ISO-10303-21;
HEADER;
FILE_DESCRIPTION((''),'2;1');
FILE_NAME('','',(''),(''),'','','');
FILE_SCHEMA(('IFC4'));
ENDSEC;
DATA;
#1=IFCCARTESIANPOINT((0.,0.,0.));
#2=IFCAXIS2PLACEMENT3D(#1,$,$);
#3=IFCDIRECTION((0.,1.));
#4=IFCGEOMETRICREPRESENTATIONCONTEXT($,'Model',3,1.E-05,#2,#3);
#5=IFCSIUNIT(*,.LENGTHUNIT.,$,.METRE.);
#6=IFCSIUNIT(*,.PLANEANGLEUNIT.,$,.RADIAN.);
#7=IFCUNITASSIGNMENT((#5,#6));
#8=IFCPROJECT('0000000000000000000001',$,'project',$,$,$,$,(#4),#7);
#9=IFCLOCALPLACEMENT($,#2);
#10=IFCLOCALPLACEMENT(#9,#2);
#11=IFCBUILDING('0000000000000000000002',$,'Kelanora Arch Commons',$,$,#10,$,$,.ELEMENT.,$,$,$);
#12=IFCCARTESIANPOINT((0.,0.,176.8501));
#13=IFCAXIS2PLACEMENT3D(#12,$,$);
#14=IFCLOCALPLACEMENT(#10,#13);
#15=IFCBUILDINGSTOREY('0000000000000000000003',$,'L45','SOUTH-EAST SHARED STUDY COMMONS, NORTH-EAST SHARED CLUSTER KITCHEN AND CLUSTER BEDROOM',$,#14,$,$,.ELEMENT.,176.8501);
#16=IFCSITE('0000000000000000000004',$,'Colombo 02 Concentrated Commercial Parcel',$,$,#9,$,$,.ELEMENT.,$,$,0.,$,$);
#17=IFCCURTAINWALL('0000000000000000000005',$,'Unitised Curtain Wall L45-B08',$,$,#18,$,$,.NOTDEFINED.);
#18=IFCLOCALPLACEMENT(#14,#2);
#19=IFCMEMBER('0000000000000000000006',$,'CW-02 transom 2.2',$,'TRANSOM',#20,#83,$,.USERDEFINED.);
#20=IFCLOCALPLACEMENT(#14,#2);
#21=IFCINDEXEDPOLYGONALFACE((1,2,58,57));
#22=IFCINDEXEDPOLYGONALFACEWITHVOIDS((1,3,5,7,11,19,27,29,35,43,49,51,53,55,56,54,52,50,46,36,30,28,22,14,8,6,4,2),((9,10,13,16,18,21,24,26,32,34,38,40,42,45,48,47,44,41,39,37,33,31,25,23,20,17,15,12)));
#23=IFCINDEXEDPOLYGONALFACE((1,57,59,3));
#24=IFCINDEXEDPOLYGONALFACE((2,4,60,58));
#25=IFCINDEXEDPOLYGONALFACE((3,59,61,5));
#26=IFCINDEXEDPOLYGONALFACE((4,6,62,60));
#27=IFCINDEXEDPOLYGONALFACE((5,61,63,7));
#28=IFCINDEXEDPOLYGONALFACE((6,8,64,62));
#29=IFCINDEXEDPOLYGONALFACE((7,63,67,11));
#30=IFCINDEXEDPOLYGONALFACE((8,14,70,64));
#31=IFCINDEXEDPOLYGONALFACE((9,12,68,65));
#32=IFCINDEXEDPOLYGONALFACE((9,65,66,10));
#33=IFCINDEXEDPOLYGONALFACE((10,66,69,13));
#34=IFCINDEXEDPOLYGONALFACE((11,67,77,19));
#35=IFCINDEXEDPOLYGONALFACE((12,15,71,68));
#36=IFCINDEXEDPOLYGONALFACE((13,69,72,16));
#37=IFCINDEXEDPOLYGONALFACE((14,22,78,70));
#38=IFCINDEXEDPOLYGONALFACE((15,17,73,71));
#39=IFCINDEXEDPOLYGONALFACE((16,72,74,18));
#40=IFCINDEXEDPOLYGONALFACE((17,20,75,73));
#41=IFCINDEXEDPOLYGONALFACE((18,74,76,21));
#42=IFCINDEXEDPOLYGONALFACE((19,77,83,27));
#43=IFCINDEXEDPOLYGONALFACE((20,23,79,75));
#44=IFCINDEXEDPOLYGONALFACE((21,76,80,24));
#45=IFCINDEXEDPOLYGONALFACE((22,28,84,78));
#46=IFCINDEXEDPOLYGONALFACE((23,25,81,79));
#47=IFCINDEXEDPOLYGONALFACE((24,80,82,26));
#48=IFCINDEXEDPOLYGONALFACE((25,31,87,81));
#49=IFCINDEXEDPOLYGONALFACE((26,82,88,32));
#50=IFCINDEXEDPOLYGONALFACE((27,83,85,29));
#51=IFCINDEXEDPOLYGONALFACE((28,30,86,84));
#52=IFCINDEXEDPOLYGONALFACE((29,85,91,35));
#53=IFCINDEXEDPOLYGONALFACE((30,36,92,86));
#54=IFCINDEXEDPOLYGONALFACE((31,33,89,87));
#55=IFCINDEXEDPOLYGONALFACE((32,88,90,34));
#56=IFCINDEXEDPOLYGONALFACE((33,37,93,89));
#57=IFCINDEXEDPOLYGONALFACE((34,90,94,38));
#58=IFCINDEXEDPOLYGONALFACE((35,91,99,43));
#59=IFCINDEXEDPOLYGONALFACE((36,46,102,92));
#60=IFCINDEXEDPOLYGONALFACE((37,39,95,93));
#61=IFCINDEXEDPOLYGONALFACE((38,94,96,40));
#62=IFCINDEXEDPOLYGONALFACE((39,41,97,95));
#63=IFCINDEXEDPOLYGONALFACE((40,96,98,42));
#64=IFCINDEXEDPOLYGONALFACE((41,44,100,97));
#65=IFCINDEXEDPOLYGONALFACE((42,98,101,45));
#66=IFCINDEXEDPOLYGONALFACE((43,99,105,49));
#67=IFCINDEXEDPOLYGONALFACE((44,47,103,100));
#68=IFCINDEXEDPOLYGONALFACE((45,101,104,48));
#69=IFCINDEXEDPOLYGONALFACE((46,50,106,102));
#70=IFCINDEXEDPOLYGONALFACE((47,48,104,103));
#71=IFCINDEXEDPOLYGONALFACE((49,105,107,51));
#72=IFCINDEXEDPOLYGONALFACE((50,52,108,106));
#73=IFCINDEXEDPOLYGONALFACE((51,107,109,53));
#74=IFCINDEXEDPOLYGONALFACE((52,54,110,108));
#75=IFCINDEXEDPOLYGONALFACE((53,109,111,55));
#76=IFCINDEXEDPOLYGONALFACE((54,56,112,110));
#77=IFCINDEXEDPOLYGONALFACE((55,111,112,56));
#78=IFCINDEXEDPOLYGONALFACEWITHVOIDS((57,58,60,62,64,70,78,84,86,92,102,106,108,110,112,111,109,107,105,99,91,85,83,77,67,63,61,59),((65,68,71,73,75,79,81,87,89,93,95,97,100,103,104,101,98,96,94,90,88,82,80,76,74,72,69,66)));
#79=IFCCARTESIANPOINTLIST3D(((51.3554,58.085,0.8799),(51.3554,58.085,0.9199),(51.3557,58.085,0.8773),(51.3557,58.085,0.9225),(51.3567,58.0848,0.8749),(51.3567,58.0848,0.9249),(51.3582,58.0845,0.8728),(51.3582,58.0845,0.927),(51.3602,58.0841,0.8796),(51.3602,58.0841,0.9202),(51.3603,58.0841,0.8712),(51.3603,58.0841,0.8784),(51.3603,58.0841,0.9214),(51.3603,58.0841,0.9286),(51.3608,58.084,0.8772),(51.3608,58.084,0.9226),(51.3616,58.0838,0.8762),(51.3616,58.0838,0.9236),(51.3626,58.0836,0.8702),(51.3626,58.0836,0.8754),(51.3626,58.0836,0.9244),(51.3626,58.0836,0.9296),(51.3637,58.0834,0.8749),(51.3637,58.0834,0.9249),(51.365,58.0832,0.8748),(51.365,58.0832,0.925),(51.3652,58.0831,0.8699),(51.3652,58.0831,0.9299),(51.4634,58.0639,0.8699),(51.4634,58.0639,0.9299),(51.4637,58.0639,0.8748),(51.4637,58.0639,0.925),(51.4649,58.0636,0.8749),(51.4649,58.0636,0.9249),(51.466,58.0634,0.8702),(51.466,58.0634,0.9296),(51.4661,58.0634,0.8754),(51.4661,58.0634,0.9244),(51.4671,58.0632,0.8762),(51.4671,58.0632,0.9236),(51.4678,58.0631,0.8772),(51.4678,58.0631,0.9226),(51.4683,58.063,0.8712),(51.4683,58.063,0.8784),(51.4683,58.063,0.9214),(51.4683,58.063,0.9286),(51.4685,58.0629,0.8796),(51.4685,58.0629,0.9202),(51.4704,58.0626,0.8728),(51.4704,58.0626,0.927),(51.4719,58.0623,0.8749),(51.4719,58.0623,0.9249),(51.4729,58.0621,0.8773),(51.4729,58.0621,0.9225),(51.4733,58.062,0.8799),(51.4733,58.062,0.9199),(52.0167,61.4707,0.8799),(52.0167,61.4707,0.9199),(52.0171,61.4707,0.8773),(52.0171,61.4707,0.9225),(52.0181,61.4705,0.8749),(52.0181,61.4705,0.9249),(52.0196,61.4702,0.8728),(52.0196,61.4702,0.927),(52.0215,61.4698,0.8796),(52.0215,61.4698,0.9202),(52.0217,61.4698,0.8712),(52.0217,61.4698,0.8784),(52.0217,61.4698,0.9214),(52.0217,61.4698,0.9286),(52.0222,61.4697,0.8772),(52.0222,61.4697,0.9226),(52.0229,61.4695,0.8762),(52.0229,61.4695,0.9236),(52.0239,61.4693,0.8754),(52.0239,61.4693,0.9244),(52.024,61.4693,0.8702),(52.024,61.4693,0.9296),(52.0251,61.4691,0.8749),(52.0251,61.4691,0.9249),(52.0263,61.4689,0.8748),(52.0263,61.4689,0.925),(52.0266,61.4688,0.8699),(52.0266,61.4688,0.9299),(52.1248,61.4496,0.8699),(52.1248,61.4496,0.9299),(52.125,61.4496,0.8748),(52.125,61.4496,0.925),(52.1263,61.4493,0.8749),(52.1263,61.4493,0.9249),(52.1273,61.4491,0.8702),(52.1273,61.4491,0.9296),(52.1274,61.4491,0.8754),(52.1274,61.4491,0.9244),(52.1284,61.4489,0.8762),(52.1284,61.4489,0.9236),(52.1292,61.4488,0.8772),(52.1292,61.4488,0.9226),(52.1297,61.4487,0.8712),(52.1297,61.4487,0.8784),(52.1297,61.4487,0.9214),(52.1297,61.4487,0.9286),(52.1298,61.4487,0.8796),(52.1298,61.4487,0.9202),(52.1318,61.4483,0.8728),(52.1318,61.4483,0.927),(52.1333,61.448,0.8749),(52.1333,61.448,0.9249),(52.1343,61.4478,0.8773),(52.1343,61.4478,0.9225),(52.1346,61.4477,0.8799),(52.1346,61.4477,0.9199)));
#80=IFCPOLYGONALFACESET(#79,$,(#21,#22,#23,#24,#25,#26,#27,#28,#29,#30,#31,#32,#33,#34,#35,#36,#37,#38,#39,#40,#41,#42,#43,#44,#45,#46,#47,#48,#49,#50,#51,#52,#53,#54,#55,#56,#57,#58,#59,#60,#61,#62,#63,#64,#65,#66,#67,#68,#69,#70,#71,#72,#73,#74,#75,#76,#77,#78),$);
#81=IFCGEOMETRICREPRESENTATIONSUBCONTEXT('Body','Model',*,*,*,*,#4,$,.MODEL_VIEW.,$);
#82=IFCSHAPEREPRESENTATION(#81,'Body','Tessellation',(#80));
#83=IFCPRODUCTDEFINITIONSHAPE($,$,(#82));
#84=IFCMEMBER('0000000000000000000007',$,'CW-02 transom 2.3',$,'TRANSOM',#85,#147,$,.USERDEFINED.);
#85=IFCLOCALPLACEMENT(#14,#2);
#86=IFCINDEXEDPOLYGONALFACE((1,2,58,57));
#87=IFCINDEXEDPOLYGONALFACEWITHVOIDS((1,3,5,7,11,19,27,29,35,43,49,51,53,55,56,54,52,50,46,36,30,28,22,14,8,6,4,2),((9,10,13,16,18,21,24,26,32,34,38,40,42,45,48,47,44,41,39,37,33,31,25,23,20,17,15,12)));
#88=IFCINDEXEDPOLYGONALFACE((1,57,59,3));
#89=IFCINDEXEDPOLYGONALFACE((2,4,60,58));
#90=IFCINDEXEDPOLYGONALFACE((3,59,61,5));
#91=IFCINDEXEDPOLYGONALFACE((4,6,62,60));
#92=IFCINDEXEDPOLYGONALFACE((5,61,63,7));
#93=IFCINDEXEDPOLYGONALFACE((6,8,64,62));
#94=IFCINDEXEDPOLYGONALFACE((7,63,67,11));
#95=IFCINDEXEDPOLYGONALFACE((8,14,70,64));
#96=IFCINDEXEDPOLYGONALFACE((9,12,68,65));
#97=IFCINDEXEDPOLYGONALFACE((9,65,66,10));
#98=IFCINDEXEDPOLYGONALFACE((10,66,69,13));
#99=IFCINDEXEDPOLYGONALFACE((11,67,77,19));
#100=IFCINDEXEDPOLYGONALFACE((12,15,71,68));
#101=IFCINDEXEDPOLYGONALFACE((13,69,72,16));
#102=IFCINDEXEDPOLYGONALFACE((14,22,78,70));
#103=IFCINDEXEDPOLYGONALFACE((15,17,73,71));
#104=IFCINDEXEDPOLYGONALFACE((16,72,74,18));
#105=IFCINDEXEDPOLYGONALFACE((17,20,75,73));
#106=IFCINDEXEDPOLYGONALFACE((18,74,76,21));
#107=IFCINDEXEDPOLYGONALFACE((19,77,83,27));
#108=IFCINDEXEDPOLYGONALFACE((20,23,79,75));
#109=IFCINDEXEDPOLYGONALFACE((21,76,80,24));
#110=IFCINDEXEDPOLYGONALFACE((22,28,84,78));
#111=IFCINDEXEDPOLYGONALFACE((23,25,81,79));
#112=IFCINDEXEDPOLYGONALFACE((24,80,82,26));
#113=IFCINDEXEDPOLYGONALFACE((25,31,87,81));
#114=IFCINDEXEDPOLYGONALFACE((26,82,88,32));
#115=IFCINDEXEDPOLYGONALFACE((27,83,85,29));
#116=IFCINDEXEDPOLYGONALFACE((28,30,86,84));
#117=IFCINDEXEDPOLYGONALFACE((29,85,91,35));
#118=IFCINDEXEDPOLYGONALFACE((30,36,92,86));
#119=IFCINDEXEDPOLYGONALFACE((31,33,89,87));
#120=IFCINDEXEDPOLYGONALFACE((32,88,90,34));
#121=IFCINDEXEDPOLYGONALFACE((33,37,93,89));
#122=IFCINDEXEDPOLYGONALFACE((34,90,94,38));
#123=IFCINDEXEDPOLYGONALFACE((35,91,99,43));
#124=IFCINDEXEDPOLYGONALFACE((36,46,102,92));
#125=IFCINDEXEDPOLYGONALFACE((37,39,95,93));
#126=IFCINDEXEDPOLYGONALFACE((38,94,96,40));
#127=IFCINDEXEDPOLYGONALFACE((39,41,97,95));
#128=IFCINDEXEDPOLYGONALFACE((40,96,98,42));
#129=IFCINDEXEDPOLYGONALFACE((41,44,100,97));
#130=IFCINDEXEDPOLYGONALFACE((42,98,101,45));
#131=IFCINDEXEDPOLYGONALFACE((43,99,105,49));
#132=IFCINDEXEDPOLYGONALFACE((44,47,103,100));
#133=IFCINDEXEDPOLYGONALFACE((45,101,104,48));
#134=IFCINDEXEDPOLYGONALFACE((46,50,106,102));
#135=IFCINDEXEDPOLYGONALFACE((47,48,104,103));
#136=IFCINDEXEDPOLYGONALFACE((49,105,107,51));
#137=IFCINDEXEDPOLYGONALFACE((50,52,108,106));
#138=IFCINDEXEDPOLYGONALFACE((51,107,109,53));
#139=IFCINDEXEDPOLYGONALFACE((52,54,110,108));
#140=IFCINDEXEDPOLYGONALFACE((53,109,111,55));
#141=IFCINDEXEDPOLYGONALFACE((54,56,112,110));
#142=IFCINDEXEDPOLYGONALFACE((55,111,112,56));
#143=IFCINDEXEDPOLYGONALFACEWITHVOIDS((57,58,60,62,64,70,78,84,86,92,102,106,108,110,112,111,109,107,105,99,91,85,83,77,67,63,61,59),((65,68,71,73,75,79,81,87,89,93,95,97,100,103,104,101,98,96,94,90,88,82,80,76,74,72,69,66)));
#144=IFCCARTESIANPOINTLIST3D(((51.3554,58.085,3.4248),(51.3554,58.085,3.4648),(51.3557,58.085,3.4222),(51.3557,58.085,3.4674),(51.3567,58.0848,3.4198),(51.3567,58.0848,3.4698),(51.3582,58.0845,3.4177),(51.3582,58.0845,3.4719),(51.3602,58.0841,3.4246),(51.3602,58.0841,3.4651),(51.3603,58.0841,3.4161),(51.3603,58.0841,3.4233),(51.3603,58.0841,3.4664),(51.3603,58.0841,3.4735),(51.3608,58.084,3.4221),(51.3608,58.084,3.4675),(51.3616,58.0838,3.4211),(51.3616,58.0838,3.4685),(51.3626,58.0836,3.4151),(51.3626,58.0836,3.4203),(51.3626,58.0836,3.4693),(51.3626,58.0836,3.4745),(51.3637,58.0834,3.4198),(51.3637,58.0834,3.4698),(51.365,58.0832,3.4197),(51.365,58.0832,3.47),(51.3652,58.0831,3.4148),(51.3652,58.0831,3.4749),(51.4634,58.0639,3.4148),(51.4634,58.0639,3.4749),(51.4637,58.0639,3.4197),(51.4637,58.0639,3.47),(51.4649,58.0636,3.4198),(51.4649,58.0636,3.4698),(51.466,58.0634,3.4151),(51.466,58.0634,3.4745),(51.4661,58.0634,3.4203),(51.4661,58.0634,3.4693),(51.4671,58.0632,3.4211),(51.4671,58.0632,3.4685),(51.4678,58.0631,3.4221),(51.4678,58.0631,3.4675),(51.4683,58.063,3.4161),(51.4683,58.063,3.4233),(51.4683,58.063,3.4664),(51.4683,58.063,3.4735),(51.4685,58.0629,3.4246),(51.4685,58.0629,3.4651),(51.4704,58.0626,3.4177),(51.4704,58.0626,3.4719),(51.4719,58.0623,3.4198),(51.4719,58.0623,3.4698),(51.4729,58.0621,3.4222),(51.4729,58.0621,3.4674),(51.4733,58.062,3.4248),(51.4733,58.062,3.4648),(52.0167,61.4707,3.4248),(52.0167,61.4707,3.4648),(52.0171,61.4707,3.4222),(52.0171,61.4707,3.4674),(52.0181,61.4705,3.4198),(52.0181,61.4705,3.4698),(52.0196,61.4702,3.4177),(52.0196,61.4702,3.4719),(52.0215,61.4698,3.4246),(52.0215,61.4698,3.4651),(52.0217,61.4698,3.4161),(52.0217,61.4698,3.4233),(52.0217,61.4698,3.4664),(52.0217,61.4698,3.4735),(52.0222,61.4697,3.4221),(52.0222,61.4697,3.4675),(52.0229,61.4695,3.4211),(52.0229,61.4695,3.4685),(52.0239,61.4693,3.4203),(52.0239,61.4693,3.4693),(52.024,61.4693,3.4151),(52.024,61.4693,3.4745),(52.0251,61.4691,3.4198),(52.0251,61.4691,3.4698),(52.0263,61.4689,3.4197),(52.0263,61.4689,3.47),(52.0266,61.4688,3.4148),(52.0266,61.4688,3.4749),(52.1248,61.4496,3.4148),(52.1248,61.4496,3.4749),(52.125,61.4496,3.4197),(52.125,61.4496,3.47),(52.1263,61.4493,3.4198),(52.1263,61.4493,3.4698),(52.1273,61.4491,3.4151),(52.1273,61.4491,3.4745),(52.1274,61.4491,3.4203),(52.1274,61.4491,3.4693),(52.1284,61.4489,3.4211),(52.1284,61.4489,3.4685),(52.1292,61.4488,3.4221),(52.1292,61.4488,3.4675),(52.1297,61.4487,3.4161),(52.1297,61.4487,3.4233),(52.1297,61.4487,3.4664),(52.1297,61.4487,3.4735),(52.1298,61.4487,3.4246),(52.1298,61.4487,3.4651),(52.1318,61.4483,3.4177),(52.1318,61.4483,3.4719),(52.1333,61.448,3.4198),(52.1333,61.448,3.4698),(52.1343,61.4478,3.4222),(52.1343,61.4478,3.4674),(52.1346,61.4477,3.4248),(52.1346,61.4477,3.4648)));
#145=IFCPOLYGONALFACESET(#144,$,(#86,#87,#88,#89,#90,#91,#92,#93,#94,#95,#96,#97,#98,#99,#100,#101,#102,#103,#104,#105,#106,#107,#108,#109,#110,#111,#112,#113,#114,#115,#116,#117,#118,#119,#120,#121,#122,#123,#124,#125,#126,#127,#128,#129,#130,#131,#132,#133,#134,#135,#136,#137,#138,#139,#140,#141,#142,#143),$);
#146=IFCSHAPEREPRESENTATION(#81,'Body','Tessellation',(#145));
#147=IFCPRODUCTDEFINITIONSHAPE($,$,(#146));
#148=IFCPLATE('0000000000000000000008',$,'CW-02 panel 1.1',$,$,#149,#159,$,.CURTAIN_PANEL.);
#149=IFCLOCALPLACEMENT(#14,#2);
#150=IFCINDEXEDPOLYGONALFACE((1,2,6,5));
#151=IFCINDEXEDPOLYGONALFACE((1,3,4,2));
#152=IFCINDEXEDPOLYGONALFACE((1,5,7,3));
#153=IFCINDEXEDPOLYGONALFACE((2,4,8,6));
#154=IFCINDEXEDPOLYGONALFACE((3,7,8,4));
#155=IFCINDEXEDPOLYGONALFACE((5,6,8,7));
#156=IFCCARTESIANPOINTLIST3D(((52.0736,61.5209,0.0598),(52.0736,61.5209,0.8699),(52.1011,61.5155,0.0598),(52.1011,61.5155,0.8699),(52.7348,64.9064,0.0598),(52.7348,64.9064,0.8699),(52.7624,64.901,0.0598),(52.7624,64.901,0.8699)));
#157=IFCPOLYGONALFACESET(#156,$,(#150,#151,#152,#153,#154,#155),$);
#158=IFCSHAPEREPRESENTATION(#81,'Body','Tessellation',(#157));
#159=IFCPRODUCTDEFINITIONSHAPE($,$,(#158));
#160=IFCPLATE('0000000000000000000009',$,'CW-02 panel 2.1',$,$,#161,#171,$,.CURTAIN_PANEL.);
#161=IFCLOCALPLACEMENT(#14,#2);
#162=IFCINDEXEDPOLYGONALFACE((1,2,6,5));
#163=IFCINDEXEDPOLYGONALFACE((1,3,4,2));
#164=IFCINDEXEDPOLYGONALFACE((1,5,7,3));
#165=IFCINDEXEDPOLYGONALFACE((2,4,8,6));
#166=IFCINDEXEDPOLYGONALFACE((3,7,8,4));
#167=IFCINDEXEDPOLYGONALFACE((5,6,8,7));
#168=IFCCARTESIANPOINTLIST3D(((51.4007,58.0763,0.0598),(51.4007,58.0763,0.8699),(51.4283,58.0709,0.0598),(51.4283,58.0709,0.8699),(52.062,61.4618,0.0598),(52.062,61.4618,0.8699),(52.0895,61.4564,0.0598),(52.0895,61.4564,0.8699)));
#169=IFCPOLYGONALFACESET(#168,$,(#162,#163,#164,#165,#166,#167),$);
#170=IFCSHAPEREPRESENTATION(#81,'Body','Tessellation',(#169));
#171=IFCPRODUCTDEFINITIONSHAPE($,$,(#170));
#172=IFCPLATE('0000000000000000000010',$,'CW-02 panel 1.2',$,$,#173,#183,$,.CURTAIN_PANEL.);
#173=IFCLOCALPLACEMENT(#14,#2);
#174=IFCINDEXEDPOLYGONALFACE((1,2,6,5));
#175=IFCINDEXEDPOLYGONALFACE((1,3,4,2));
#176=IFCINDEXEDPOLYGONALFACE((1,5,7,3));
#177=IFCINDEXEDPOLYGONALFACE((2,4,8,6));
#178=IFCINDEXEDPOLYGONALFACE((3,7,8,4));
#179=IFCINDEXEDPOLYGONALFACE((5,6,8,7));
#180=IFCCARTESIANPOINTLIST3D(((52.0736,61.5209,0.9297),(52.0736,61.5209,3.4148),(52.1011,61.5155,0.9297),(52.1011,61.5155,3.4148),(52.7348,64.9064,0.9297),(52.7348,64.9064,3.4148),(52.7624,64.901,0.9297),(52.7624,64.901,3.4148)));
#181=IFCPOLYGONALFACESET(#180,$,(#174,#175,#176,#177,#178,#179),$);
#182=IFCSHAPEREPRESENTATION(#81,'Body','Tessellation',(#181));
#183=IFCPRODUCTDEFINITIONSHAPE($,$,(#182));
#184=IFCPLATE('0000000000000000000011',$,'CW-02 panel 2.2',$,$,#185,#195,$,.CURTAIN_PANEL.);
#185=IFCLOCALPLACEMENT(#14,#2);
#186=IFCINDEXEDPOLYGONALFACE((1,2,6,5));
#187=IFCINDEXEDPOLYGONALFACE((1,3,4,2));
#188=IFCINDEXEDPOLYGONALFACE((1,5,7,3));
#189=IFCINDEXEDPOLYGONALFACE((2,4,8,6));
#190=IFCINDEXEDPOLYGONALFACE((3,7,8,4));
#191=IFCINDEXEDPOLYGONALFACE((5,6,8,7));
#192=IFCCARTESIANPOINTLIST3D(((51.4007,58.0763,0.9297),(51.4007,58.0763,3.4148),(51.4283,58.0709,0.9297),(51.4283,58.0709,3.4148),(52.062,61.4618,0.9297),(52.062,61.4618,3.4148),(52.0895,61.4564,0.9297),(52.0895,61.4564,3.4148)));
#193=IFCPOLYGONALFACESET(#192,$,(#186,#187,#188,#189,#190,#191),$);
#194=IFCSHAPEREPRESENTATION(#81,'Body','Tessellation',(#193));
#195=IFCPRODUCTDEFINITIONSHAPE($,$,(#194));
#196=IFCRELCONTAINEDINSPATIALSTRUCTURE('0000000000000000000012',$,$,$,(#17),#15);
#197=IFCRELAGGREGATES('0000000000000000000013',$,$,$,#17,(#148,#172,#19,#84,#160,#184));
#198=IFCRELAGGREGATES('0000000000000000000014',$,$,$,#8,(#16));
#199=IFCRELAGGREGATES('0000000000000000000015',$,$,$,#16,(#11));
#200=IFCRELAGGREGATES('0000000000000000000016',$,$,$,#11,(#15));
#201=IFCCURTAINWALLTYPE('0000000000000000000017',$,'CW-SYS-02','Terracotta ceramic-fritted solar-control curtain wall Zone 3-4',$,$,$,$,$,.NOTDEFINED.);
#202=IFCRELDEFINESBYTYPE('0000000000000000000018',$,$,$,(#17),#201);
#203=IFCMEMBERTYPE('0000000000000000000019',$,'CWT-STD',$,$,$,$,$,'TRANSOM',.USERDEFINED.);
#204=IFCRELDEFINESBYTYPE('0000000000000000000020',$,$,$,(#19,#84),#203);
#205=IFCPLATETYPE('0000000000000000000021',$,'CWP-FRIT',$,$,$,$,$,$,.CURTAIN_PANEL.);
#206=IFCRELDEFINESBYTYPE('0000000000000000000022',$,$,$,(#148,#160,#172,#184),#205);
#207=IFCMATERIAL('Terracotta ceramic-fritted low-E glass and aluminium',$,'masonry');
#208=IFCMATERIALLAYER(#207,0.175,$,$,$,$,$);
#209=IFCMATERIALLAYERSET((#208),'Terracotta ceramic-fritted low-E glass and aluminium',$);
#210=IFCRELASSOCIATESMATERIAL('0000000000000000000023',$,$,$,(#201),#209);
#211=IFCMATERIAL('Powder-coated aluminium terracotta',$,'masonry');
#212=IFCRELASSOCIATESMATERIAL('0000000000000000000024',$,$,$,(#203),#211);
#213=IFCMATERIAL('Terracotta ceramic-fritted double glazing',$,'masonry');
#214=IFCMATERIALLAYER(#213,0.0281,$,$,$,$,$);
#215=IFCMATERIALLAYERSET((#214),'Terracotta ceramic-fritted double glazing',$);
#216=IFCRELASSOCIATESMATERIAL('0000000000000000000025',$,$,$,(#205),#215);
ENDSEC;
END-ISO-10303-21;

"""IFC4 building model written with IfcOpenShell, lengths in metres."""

from ifc_helpers import new_model, si_unit, direction, frame, origin, origin_2d, place, context, subcontext, project, spatial, rectangle, hollow_rectangle, extrude, source, transform, mapped, material, layer, layer_set, material_profile, profile_set, type_object, element, aggregate, save


model = new_model("IFC4")

# Units and contexts
model_context = context("Model", 3, precision=1e-05, world=origin(), true_north=direction((0.0, 1.0)))
body_context = subcontext(model_context, "Body", "Model", "MODEL_VIEW")
ifc_project = project(units=[si_unit("LENGTHUNIT", "METRE"), si_unit("PLANEANGLEUNIT", "RADIAN")], contexts=[model_context])

# Site, building, storey
site_placement = place(None, origin())
site = spatial("IfcSite", under=ifc_project, at=site_placement, Name="Colombo 02 Concentrated Commercial Parcel", CompositionType="ELEMENT", RefElevation=0.0)
building_placement = place(site_placement, origin())
building = spatial("IfcBuilding", under=site, at=building_placement, Name="Kelanora Arch Commons", CompositionType="ELEMENT")
storey_placement = place(building_placement, frame((0.0, 0.0, 176.8501)))
storey = spatial("IfcBuildingStorey", under=building, at=storey_placement, Name="L45", Description="SOUTH-EAST SHARED STUDY COMMONS, NORTH-EAST SHARED CLUSTER KITCHEN AND CLUSTER BEDROOM", CompositionType="ELEMENT", Elevation=176.8501)

# Curtain wall, members, plates
ifc_material_1 = material(Name="Terracotta ceramic-fritted low-E glass and aluminium", Category="masonry")
ifc_layer_1 = layer(ifc_material_1, 0.175)
ifc_layer_set_1 = layer_set([ifc_layer_1], Name="Terracotta ceramic-fritted low-E glass and aluminium")
curtain_wall_type = type_object("IfcCurtainWallType", Name="CW-SYS-02", Description="Terracotta ceramic-fritted solar-control curtain wall Zone 3-4", PredefinedType="NOTDEFINED", material=ifc_layer_set_1)
curtain_wall_placement = place(storey_placement, origin())
curtain_wall = element("IfcCurtainWall", 1, at=curtain_wall_placement, inside=storey, type_object=curtain_wall_type, Name="Unitised Curtain Wall L45-B08", PredefinedType="NOTDEFINED")
ifc_material_2 = material(Name="Powder-coated aluminium terracotta", Category="masonry")
ifc_material_profile_1 = material_profile(ifc_material_2, hollow_rectangle(XDim=0.1201, YDim=0.0601, WallThickness=0.0049, InnerFilletRadius=0.0049, OuterFilletRadius=0.01, at=origin_2d()), Name="CWT120x60")
ifc_profile_set_1 = profile_set([ifc_material_profile_1], Name="Powder-coated aluminium terracotta")
member_type_1 = type_object("IfcMemberType", Name="CWT-STD", ElementType="TRANSOM", PredefinedType="USERDEFINED", material=ifc_profile_set_1)
member_1_placement = place(storey_placement, frame((52.0757, 61.4592, 0.8999), z_axis=(-0.191718, -0.98145, 0.0), x_axis=(0.98145, -0.191718, 0.0)))
member_1 = element("IfcMember", 2, at=member_1_placement, type_object=member_type_1, Name="CW-02 transom 2.2", ObjectType="TRANSOM", PredefinedType="USERDEFINED", context=body_context, shape_type="SweptSolid", body=[
    extrude(hollow_rectangle(XDim=0.1201, YDim=0.0601, WallThickness=0.0049, InnerFilletRadius=0.0049, OuterFilletRadius=0.01, at=origin_2d()), origin(), (0.0, 0.0, 1.0), 3.4497),
])
member_2_placement = place(storey_placement, frame((52.0757, 61.4592, 3.4448), z_axis=(-0.191718, -0.98145, 0.0), x_axis=(0.98145, -0.191718, 0.0)))
member_2 = element("IfcMember", 3, at=member_2_placement, type_object=member_type_1, Name="CW-02 transom 2.3", ObjectType="TRANSOM", PredefinedType="USERDEFINED", context=body_context, shape_type="SweptSolid", body=[
    extrude(hollow_rectangle(XDim=0.1201, YDim=0.0601, WallThickness=0.0049, InnerFilletRadius=0.0049, OuterFilletRadius=0.01, at=origin_2d()), origin(), (0.0, 0.0, 1.0), 3.4497),
])
ifc_material_3 = material(Name="Terracotta ceramic-fritted double glazing", Category="masonry")
ifc_layer_2 = layer(ifc_material_3, 0.0281)
ifc_layer_set_2 = layer_set([ifc_layer_2], Name="Terracotta ceramic-fritted double glazing")
plate_type = type_object("IfcPlateType", Name="CWP-FRIT", PredefinedType="CURTAIN_PANEL", material=ifc_layer_set_2)
shared_shape_1 = source(origin(), body_context, "Body", "SweptSolid", [
    extrude(rectangle(XDim=3.4495, YDim=0.0281, at=origin_2d()), origin(), (0.0, 0.0, 1.0), 0.8101),
])
plate_1_placement = place(storey_placement, frame((52.418, 63.2109, 0.0598), z_axis=(0.0, 0.0, 1.0), x_axis=(-0.191705, -0.981453, 0.0)))
plate_1 = element("IfcPlate", 4, at=plate_1_placement, type_object=plate_type, Name="CW-02 panel 1.1", PredefinedType="CURTAIN_PANEL", context=body_context, shape_type="MappedRepresentation", body=[
    mapped(shared_shape_1, transform((0.0, 0.0, 0.0), scale=1.0)),
])
plate_2_placement = place(storey_placement, frame((51.7451, 59.7664, 0.0598), z_axis=(0.0, 0.0, 1.0), x_axis=(-0.191705, -0.981453, 0.0)))
plate_2 = element("IfcPlate", 5, at=plate_2_placement, type_object=plate_type, Name="CW-02 panel 2.1", PredefinedType="CURTAIN_PANEL", context=body_context, shape_type="MappedRepresentation", body=[
    mapped(shared_shape_1, transform((0.0, 0.0, 0.0), scale=1.0)),
])
shared_shape_2 = source(origin(), body_context, "Body", "SweptSolid", [
    extrude(rectangle(XDim=3.4495, YDim=0.0281, at=origin_2d()), origin(), (0.0, 0.0, 1.0), 2.4851),
])
plate_3_placement = place(storey_placement, frame((52.418, 63.2109, 0.9297), z_axis=(0.0, 0.0, 1.0), x_axis=(-0.191705, -0.981453, 0.0)))
plate_3 = element("IfcPlate", 6, at=plate_3_placement, type_object=plate_type, Name="CW-02 panel 1.2", PredefinedType="CURTAIN_PANEL", context=body_context, shape_type="MappedRepresentation", body=[
    mapped(shared_shape_2, transform((0.0, 0.0, 0.0), scale=1.0)),
])
plate_4_placement = place(storey_placement, frame((51.7451, 59.7664, 0.9297), z_axis=(0.0, 0.0, 1.0), x_axis=(-0.191705, -0.981453, 0.0)))
plate_4 = element("IfcPlate", 7, at=plate_4_placement, type_object=plate_type, Name="CW-02 panel 2.2", PredefinedType="CURTAIN_PANEL", context=body_context, shape_type="MappedRepresentation", body=[
    mapped(shared_shape_2, transform((0.0, 0.0, 0.0), scale=1.0)),
])
aggregate(curtain_wall, [plate_1, plate_3, member_1, member_2, plate_2, plate_4])

save(model, "model.ifc")
